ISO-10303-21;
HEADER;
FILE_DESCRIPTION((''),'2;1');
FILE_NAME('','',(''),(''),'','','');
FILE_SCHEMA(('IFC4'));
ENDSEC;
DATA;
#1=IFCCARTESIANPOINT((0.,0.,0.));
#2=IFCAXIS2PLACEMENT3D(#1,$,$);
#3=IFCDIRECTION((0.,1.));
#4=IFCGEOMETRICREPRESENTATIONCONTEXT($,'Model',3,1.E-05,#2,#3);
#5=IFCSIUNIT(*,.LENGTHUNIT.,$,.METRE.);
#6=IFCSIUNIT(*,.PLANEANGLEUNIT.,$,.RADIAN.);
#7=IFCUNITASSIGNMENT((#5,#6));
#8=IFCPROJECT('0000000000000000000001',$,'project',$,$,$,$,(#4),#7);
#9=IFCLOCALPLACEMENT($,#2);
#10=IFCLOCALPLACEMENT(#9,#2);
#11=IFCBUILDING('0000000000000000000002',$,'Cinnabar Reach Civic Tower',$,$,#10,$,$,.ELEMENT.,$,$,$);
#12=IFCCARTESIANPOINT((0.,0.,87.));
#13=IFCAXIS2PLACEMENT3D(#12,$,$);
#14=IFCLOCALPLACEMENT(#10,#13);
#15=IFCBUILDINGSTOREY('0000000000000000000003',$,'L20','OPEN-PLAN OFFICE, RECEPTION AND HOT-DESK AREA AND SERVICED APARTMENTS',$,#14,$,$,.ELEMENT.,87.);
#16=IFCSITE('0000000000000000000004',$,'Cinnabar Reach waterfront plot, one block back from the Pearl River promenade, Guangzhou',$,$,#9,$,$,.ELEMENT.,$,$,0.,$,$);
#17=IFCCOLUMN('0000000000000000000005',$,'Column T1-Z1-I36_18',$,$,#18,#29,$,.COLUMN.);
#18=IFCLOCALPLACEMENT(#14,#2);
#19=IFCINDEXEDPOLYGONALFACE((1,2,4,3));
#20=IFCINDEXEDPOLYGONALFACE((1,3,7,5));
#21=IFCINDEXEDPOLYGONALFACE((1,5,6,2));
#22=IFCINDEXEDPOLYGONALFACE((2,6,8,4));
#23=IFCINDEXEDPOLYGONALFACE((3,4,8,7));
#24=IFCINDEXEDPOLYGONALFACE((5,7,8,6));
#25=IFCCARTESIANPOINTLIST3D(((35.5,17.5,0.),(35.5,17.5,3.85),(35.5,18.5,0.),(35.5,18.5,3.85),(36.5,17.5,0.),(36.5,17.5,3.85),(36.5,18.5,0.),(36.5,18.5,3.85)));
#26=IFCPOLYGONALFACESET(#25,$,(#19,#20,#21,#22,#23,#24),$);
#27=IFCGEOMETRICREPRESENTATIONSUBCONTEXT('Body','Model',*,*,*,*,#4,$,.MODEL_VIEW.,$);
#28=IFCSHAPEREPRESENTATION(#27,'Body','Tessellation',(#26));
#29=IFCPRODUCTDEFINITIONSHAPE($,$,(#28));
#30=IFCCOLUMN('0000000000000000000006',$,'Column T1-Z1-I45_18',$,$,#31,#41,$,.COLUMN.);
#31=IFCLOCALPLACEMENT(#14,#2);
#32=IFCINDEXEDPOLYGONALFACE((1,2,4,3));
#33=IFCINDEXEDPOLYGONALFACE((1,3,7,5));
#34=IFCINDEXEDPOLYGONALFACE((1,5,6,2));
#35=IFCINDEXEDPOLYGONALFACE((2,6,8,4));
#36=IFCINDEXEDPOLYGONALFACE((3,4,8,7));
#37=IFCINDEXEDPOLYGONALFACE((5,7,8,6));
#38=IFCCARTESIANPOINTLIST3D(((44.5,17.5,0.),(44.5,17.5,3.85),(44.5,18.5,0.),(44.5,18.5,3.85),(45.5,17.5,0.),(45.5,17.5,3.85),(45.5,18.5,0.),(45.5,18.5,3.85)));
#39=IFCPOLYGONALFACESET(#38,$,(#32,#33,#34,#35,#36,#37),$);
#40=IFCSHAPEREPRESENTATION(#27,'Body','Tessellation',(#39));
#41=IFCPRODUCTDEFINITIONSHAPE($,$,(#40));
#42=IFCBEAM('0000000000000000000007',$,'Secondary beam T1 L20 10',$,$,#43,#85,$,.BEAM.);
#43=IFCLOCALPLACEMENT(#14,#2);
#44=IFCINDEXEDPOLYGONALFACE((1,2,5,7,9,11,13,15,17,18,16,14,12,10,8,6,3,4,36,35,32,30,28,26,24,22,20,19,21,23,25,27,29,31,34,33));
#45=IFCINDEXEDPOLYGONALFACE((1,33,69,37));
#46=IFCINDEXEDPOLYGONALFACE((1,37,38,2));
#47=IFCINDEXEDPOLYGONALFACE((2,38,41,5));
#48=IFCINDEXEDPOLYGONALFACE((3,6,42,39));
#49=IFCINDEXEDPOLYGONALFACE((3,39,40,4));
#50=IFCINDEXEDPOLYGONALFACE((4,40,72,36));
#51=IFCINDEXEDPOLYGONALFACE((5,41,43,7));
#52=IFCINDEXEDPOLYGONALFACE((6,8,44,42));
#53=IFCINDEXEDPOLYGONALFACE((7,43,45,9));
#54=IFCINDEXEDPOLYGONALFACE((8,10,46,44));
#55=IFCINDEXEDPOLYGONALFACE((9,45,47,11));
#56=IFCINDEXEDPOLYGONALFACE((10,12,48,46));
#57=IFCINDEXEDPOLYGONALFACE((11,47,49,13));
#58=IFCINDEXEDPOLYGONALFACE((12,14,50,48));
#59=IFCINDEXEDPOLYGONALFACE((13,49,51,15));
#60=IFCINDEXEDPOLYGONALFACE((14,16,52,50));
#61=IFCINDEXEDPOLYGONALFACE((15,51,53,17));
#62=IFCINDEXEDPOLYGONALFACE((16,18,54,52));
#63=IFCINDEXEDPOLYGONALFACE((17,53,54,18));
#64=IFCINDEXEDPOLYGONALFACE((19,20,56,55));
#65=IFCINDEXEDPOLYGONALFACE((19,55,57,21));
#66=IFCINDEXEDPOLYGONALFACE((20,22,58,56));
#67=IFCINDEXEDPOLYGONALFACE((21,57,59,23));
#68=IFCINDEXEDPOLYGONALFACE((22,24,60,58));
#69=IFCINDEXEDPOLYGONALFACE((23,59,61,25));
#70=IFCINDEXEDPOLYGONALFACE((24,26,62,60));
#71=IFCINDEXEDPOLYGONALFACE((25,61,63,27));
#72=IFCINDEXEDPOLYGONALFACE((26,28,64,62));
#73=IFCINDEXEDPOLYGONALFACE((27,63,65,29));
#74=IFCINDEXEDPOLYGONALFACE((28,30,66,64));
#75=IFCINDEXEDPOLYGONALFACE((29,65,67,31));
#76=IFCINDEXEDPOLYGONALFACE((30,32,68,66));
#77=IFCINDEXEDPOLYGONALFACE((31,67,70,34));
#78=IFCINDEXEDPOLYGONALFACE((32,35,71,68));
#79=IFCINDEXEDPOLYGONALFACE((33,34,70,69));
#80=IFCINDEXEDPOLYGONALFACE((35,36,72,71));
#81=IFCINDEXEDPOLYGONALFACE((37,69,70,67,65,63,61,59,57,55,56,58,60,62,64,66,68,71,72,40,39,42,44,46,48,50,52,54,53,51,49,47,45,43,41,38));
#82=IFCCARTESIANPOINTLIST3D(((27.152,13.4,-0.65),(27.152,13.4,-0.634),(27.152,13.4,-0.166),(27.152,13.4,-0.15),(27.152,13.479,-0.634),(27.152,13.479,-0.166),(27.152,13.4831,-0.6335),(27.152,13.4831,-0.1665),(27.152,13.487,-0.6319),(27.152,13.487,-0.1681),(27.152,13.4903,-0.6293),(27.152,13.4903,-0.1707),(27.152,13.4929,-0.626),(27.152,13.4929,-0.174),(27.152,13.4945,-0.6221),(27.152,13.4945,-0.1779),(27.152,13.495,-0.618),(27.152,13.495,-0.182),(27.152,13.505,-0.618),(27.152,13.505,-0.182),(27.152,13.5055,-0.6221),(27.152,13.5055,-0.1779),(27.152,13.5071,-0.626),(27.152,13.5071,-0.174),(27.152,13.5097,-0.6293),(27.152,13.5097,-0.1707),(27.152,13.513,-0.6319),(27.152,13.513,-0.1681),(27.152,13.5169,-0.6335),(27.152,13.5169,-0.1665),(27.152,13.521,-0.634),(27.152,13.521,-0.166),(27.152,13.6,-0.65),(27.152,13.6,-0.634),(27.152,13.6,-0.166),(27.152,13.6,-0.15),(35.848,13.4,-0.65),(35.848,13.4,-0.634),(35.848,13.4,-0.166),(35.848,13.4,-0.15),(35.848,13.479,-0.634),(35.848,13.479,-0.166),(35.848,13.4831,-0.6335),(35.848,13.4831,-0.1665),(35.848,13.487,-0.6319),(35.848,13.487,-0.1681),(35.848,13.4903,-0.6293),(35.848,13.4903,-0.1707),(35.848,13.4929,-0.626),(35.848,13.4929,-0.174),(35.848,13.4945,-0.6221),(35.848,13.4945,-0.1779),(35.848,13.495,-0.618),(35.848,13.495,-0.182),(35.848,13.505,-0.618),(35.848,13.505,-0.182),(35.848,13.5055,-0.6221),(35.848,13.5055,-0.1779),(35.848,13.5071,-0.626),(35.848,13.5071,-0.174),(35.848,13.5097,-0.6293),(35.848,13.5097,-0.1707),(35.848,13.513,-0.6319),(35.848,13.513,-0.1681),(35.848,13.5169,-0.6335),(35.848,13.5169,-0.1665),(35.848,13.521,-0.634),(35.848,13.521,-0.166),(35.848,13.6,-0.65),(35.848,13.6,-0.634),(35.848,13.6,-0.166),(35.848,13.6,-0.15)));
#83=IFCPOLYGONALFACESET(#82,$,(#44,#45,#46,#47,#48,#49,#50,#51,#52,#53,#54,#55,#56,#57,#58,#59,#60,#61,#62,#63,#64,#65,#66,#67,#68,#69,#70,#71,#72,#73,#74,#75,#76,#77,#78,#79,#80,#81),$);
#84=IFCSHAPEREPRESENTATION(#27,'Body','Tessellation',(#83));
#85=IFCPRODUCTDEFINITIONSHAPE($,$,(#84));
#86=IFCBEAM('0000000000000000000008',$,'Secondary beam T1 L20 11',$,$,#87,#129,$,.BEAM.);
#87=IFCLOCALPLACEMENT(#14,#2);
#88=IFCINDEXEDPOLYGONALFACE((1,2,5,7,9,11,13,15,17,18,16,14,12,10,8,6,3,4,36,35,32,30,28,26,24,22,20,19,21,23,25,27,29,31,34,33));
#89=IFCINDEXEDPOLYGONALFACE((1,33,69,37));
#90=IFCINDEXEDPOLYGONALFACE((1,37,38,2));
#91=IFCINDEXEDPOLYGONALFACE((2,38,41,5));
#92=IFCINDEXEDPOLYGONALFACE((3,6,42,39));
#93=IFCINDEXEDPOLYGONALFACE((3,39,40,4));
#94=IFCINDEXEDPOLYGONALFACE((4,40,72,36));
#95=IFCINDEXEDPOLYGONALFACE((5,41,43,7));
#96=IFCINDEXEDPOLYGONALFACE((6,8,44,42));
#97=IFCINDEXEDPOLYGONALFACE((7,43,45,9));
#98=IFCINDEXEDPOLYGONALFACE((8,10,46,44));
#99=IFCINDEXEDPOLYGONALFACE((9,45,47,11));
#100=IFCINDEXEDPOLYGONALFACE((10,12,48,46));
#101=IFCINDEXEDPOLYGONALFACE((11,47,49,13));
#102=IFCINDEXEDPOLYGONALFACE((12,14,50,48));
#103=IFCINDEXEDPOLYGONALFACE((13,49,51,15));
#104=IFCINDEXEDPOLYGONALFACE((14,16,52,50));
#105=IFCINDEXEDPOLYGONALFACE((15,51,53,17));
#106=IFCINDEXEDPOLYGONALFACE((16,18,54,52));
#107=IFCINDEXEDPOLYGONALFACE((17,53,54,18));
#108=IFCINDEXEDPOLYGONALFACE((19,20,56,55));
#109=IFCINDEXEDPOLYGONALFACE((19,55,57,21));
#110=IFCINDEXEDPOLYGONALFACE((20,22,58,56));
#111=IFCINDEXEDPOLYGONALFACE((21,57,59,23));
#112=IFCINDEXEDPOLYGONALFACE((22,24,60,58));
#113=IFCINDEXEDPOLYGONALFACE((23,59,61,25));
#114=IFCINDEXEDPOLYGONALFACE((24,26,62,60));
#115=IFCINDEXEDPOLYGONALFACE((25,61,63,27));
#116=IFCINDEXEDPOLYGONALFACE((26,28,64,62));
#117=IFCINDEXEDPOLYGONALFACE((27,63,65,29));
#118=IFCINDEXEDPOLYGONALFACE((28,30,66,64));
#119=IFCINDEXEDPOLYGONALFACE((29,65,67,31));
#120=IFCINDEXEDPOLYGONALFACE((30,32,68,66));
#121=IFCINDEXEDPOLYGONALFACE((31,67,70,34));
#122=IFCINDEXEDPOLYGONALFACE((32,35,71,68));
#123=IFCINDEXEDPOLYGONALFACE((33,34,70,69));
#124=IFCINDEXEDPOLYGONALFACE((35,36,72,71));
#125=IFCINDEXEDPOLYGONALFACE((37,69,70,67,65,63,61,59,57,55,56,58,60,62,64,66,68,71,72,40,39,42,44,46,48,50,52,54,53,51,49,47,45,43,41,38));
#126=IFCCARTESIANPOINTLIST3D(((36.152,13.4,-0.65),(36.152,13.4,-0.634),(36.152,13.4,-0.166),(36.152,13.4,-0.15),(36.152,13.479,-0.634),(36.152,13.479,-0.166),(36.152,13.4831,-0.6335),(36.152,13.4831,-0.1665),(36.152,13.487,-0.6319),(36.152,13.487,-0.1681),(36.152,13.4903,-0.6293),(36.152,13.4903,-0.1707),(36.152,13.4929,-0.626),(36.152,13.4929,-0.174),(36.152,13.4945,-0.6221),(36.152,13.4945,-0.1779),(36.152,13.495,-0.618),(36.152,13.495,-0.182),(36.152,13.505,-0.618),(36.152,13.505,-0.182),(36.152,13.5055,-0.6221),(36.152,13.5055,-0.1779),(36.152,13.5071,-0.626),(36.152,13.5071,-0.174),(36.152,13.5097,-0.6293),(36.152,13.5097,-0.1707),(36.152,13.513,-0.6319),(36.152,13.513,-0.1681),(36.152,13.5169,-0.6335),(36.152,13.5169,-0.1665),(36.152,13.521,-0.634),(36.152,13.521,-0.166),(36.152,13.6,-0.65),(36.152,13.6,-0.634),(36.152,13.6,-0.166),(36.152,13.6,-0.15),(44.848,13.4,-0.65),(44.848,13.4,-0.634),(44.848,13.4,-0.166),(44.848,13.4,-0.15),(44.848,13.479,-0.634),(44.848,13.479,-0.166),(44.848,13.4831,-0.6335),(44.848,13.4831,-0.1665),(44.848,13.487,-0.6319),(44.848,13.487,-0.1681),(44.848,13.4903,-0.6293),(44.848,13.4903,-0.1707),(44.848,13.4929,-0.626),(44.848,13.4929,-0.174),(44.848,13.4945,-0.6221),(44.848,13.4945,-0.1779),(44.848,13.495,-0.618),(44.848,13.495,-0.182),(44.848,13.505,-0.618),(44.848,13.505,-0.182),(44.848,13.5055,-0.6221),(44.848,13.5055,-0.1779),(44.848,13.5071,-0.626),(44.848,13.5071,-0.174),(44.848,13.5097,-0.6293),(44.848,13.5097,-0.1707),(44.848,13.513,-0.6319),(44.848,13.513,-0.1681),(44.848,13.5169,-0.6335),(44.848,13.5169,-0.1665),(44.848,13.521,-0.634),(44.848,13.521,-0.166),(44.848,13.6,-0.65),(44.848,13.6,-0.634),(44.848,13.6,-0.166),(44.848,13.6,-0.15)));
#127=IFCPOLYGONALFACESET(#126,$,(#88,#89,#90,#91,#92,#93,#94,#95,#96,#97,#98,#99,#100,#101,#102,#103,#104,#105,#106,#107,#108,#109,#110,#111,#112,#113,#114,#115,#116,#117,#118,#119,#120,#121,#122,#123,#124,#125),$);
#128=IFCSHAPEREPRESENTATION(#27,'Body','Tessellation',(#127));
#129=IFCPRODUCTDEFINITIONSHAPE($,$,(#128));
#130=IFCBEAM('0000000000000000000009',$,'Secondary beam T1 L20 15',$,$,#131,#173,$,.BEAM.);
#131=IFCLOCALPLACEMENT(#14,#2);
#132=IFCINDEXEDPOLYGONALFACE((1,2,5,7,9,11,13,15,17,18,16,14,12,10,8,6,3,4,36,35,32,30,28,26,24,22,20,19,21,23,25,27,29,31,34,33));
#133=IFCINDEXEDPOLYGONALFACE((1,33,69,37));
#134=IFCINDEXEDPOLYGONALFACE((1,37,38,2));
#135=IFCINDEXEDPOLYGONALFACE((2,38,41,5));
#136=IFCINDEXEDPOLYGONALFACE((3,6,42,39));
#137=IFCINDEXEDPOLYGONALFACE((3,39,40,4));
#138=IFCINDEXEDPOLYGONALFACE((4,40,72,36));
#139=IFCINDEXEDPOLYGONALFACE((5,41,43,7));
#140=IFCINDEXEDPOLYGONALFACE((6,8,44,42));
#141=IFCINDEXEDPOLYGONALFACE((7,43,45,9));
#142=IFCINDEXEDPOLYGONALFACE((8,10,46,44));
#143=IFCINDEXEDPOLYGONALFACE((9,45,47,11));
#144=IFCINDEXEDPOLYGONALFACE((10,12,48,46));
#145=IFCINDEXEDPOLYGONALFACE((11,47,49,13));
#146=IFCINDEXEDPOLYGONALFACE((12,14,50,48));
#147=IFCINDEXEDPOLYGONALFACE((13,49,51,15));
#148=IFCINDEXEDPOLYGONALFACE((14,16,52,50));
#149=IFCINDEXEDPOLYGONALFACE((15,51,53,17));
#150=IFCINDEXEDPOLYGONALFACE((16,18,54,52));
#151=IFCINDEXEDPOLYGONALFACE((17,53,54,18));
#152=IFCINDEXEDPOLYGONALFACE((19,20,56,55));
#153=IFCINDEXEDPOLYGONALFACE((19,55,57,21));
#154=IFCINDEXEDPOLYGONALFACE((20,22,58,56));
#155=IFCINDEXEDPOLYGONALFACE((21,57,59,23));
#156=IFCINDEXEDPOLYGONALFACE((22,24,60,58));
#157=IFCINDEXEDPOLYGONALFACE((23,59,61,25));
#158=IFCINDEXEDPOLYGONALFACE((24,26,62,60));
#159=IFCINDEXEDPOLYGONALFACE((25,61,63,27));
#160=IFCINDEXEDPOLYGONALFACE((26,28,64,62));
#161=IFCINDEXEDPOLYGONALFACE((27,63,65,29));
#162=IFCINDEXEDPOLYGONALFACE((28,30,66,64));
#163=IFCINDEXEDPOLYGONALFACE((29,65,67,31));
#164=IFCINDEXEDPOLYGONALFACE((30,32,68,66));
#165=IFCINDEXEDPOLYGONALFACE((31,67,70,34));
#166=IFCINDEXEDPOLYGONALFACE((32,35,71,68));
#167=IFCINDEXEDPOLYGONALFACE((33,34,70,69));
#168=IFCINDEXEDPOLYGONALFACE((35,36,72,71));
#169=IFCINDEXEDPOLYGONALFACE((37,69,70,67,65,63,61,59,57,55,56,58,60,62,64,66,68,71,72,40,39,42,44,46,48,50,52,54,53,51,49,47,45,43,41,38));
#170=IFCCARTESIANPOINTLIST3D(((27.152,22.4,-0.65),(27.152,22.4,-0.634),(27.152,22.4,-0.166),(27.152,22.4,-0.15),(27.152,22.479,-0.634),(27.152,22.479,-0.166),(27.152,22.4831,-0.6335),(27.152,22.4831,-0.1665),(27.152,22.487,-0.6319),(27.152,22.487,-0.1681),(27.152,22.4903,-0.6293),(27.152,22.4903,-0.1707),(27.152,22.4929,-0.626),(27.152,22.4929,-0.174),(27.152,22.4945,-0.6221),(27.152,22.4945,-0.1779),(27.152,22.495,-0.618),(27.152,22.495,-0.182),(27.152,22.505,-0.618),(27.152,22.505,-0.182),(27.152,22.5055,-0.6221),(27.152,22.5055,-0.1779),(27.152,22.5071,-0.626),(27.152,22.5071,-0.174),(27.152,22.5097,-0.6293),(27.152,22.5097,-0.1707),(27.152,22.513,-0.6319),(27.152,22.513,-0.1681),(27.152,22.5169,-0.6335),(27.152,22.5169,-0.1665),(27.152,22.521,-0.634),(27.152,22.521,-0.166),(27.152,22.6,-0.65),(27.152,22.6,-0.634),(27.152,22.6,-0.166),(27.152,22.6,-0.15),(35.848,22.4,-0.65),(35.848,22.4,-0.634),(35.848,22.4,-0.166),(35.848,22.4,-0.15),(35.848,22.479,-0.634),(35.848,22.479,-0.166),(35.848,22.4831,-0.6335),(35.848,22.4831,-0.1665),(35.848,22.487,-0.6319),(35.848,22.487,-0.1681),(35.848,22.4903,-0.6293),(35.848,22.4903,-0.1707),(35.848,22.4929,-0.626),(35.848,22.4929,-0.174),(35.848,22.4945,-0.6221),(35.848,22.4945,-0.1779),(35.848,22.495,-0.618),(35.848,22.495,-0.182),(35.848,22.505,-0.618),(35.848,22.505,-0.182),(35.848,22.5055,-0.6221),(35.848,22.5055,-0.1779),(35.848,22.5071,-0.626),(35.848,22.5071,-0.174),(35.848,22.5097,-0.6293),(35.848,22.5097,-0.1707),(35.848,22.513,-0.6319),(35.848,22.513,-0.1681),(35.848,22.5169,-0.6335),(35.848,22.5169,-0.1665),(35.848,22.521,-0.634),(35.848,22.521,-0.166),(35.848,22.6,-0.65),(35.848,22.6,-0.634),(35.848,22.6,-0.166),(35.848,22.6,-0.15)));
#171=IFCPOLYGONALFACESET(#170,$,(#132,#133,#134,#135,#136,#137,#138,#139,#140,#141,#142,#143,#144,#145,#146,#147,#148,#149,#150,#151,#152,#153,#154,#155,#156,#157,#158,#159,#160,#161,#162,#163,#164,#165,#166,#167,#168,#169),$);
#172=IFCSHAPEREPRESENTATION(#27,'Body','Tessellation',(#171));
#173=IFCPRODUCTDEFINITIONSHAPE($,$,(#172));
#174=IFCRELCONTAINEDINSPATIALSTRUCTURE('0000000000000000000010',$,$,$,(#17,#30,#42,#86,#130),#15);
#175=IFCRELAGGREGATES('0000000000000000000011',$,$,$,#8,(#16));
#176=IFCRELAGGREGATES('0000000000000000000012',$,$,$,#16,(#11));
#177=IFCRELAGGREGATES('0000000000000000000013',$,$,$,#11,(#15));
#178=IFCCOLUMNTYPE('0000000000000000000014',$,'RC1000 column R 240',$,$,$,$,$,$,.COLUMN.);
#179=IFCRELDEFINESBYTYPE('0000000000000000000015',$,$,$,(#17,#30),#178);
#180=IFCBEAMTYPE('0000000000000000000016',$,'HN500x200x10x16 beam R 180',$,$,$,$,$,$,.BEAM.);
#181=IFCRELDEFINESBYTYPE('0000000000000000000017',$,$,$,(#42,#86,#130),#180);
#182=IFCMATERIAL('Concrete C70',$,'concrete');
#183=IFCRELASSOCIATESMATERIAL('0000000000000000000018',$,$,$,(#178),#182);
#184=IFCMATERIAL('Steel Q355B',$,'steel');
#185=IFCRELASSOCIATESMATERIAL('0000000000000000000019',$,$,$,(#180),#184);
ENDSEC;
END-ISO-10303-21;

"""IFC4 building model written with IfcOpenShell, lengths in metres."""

from ifc_helpers import new_model, si_unit, direction, frame, origin, origin_2d, place, context, subcontext, project, spatial, rectangle, i_section, extrude, material, material_profile, profile_set, type_object, element, save


model = new_model("IFC4")

# Units and contexts
model_context = context("Model", 3, precision=1e-05, world=origin(), true_north=direction((0.0, 1.0)))
body_context = subcontext(model_context, "Body", "Model", "MODEL_VIEW")
ifc_project = project(units=[si_unit("LENGTHUNIT", "METRE"), si_unit("PLANEANGLEUNIT", "RADIAN")], contexts=[model_context])

# Site, building, storey
site_placement = place(None, origin())
site = spatial("IfcSite", under=ifc_project, at=site_placement, Name="Cinnabar Reach waterfront plot, one block back from the Pearl River promenade, Guangzhou", CompositionType="ELEMENT", RefElevation=0.0)
building_placement = place(site_placement, origin())
building = spatial("IfcBuilding", under=site, at=building_placement, Name="Cinnabar Reach Civic Tower", CompositionType="ELEMENT")
storey_placement = place(building_placement, frame((0.0, 0.0, 87.0)))
storey = spatial("IfcBuildingStorey", under=building, at=storey_placement, Name="L20", Description="OPEN-PLAN OFFICE, RECEPTION AND HOT-DESK AREA AND SERVICED APARTMENTS", CompositionType="ELEMENT", Elevation=87.0)

# Columns
ifc_material_1 = material(Name="Concrete C70", Category="concrete")
ifc_material_profile_1 = material_profile(ifc_material_1, rectangle(XDim=1.0, YDim=1.0, at=origin_2d()), Name="RC1000")
ifc_profile_set_1 = profile_set([ifc_material_profile_1], Name="Concrete C70")
column_type = type_object("IfcColumnType", Name="RC1000 column R 240", PredefinedType="COLUMN", material=ifc_profile_set_1)
for number, where, z_axis, x_axis, name in (
    (1, (36.0, 18.0, 0.0), (0.0, 0.0, 1.0), (1.0, 0.0, 0.0), "Column T1-Z1-I36_18"),
    (2, (45.0, 18.0, 0.0), (0.0, 0.0, 1.0), (1.0, 0.0, 0.0), "Column T1-Z1-I45_18"),
):
    element("IfcColumn", number, at=place(storey_placement, frame(where, z_axis=z_axis, x_axis=x_axis)), inside=storey, type_object=column_type, Name=name, PredefinedType="COLUMN", context=body_context, shape_type="SweptSolid", body=[
        extrude(rectangle(XDim=1.0, YDim=1.0, at=origin_2d()), origin(), (0.0, 0.0, 1.0), 3.85),
    ])

# Beams
ifc_material_2 = material(Name="Steel Q355B", Category="steel")
ifc_material_profile_2 = material_profile(ifc_material_2, i_section(OverallWidth=0.2, OverallDepth=0.5, WebThickness=0.01, FlangeThickness=0.016, FilletRadius=0.016, at=origin_2d()), Name="HN500x200x10x16")
ifc_profile_set_2 = profile_set([ifc_material_profile_2], Name="Steel Q355B")
beam_type_1 = type_object("IfcBeamType", Name="HN500x200x10x16 beam R 180", PredefinedType="BEAM", material=ifc_profile_set_2)
for number, where, z_axis, x_axis, name in (
    (3, (27.152, 13.5, -0.4), (1.0, 0.0, 0.0), (0.0, 1.0, 0.0), "Secondary beam T1 L20 10"),
    (4, (36.152, 13.5, -0.4), (1.0, 0.0, 0.0), (0.0, 1.0, 0.0), "Secondary beam T1 L20 11"),
    (5, (27.152, 22.5, -0.4), (1.0, 0.0, 0.0), (0.0, 1.0, 0.0), "Secondary beam T1 L20 15"),
):
    element("IfcBeam", number, at=place(storey_placement, frame(where, z_axis=z_axis, x_axis=x_axis)), inside=storey, type_object=beam_type_1, Name=name, PredefinedType="BEAM", context=body_context, shape_type="SweptSolid", body=[
        extrude(i_section(OverallWidth=0.2, OverallDepth=0.5, WebThickness=0.01, FlangeThickness=0.016, FilletRadius=0.016, at=origin_2d()), origin(), (0.0, 0.0, 1.0), 8.696),
    ])

save(model, "model.ifc")
